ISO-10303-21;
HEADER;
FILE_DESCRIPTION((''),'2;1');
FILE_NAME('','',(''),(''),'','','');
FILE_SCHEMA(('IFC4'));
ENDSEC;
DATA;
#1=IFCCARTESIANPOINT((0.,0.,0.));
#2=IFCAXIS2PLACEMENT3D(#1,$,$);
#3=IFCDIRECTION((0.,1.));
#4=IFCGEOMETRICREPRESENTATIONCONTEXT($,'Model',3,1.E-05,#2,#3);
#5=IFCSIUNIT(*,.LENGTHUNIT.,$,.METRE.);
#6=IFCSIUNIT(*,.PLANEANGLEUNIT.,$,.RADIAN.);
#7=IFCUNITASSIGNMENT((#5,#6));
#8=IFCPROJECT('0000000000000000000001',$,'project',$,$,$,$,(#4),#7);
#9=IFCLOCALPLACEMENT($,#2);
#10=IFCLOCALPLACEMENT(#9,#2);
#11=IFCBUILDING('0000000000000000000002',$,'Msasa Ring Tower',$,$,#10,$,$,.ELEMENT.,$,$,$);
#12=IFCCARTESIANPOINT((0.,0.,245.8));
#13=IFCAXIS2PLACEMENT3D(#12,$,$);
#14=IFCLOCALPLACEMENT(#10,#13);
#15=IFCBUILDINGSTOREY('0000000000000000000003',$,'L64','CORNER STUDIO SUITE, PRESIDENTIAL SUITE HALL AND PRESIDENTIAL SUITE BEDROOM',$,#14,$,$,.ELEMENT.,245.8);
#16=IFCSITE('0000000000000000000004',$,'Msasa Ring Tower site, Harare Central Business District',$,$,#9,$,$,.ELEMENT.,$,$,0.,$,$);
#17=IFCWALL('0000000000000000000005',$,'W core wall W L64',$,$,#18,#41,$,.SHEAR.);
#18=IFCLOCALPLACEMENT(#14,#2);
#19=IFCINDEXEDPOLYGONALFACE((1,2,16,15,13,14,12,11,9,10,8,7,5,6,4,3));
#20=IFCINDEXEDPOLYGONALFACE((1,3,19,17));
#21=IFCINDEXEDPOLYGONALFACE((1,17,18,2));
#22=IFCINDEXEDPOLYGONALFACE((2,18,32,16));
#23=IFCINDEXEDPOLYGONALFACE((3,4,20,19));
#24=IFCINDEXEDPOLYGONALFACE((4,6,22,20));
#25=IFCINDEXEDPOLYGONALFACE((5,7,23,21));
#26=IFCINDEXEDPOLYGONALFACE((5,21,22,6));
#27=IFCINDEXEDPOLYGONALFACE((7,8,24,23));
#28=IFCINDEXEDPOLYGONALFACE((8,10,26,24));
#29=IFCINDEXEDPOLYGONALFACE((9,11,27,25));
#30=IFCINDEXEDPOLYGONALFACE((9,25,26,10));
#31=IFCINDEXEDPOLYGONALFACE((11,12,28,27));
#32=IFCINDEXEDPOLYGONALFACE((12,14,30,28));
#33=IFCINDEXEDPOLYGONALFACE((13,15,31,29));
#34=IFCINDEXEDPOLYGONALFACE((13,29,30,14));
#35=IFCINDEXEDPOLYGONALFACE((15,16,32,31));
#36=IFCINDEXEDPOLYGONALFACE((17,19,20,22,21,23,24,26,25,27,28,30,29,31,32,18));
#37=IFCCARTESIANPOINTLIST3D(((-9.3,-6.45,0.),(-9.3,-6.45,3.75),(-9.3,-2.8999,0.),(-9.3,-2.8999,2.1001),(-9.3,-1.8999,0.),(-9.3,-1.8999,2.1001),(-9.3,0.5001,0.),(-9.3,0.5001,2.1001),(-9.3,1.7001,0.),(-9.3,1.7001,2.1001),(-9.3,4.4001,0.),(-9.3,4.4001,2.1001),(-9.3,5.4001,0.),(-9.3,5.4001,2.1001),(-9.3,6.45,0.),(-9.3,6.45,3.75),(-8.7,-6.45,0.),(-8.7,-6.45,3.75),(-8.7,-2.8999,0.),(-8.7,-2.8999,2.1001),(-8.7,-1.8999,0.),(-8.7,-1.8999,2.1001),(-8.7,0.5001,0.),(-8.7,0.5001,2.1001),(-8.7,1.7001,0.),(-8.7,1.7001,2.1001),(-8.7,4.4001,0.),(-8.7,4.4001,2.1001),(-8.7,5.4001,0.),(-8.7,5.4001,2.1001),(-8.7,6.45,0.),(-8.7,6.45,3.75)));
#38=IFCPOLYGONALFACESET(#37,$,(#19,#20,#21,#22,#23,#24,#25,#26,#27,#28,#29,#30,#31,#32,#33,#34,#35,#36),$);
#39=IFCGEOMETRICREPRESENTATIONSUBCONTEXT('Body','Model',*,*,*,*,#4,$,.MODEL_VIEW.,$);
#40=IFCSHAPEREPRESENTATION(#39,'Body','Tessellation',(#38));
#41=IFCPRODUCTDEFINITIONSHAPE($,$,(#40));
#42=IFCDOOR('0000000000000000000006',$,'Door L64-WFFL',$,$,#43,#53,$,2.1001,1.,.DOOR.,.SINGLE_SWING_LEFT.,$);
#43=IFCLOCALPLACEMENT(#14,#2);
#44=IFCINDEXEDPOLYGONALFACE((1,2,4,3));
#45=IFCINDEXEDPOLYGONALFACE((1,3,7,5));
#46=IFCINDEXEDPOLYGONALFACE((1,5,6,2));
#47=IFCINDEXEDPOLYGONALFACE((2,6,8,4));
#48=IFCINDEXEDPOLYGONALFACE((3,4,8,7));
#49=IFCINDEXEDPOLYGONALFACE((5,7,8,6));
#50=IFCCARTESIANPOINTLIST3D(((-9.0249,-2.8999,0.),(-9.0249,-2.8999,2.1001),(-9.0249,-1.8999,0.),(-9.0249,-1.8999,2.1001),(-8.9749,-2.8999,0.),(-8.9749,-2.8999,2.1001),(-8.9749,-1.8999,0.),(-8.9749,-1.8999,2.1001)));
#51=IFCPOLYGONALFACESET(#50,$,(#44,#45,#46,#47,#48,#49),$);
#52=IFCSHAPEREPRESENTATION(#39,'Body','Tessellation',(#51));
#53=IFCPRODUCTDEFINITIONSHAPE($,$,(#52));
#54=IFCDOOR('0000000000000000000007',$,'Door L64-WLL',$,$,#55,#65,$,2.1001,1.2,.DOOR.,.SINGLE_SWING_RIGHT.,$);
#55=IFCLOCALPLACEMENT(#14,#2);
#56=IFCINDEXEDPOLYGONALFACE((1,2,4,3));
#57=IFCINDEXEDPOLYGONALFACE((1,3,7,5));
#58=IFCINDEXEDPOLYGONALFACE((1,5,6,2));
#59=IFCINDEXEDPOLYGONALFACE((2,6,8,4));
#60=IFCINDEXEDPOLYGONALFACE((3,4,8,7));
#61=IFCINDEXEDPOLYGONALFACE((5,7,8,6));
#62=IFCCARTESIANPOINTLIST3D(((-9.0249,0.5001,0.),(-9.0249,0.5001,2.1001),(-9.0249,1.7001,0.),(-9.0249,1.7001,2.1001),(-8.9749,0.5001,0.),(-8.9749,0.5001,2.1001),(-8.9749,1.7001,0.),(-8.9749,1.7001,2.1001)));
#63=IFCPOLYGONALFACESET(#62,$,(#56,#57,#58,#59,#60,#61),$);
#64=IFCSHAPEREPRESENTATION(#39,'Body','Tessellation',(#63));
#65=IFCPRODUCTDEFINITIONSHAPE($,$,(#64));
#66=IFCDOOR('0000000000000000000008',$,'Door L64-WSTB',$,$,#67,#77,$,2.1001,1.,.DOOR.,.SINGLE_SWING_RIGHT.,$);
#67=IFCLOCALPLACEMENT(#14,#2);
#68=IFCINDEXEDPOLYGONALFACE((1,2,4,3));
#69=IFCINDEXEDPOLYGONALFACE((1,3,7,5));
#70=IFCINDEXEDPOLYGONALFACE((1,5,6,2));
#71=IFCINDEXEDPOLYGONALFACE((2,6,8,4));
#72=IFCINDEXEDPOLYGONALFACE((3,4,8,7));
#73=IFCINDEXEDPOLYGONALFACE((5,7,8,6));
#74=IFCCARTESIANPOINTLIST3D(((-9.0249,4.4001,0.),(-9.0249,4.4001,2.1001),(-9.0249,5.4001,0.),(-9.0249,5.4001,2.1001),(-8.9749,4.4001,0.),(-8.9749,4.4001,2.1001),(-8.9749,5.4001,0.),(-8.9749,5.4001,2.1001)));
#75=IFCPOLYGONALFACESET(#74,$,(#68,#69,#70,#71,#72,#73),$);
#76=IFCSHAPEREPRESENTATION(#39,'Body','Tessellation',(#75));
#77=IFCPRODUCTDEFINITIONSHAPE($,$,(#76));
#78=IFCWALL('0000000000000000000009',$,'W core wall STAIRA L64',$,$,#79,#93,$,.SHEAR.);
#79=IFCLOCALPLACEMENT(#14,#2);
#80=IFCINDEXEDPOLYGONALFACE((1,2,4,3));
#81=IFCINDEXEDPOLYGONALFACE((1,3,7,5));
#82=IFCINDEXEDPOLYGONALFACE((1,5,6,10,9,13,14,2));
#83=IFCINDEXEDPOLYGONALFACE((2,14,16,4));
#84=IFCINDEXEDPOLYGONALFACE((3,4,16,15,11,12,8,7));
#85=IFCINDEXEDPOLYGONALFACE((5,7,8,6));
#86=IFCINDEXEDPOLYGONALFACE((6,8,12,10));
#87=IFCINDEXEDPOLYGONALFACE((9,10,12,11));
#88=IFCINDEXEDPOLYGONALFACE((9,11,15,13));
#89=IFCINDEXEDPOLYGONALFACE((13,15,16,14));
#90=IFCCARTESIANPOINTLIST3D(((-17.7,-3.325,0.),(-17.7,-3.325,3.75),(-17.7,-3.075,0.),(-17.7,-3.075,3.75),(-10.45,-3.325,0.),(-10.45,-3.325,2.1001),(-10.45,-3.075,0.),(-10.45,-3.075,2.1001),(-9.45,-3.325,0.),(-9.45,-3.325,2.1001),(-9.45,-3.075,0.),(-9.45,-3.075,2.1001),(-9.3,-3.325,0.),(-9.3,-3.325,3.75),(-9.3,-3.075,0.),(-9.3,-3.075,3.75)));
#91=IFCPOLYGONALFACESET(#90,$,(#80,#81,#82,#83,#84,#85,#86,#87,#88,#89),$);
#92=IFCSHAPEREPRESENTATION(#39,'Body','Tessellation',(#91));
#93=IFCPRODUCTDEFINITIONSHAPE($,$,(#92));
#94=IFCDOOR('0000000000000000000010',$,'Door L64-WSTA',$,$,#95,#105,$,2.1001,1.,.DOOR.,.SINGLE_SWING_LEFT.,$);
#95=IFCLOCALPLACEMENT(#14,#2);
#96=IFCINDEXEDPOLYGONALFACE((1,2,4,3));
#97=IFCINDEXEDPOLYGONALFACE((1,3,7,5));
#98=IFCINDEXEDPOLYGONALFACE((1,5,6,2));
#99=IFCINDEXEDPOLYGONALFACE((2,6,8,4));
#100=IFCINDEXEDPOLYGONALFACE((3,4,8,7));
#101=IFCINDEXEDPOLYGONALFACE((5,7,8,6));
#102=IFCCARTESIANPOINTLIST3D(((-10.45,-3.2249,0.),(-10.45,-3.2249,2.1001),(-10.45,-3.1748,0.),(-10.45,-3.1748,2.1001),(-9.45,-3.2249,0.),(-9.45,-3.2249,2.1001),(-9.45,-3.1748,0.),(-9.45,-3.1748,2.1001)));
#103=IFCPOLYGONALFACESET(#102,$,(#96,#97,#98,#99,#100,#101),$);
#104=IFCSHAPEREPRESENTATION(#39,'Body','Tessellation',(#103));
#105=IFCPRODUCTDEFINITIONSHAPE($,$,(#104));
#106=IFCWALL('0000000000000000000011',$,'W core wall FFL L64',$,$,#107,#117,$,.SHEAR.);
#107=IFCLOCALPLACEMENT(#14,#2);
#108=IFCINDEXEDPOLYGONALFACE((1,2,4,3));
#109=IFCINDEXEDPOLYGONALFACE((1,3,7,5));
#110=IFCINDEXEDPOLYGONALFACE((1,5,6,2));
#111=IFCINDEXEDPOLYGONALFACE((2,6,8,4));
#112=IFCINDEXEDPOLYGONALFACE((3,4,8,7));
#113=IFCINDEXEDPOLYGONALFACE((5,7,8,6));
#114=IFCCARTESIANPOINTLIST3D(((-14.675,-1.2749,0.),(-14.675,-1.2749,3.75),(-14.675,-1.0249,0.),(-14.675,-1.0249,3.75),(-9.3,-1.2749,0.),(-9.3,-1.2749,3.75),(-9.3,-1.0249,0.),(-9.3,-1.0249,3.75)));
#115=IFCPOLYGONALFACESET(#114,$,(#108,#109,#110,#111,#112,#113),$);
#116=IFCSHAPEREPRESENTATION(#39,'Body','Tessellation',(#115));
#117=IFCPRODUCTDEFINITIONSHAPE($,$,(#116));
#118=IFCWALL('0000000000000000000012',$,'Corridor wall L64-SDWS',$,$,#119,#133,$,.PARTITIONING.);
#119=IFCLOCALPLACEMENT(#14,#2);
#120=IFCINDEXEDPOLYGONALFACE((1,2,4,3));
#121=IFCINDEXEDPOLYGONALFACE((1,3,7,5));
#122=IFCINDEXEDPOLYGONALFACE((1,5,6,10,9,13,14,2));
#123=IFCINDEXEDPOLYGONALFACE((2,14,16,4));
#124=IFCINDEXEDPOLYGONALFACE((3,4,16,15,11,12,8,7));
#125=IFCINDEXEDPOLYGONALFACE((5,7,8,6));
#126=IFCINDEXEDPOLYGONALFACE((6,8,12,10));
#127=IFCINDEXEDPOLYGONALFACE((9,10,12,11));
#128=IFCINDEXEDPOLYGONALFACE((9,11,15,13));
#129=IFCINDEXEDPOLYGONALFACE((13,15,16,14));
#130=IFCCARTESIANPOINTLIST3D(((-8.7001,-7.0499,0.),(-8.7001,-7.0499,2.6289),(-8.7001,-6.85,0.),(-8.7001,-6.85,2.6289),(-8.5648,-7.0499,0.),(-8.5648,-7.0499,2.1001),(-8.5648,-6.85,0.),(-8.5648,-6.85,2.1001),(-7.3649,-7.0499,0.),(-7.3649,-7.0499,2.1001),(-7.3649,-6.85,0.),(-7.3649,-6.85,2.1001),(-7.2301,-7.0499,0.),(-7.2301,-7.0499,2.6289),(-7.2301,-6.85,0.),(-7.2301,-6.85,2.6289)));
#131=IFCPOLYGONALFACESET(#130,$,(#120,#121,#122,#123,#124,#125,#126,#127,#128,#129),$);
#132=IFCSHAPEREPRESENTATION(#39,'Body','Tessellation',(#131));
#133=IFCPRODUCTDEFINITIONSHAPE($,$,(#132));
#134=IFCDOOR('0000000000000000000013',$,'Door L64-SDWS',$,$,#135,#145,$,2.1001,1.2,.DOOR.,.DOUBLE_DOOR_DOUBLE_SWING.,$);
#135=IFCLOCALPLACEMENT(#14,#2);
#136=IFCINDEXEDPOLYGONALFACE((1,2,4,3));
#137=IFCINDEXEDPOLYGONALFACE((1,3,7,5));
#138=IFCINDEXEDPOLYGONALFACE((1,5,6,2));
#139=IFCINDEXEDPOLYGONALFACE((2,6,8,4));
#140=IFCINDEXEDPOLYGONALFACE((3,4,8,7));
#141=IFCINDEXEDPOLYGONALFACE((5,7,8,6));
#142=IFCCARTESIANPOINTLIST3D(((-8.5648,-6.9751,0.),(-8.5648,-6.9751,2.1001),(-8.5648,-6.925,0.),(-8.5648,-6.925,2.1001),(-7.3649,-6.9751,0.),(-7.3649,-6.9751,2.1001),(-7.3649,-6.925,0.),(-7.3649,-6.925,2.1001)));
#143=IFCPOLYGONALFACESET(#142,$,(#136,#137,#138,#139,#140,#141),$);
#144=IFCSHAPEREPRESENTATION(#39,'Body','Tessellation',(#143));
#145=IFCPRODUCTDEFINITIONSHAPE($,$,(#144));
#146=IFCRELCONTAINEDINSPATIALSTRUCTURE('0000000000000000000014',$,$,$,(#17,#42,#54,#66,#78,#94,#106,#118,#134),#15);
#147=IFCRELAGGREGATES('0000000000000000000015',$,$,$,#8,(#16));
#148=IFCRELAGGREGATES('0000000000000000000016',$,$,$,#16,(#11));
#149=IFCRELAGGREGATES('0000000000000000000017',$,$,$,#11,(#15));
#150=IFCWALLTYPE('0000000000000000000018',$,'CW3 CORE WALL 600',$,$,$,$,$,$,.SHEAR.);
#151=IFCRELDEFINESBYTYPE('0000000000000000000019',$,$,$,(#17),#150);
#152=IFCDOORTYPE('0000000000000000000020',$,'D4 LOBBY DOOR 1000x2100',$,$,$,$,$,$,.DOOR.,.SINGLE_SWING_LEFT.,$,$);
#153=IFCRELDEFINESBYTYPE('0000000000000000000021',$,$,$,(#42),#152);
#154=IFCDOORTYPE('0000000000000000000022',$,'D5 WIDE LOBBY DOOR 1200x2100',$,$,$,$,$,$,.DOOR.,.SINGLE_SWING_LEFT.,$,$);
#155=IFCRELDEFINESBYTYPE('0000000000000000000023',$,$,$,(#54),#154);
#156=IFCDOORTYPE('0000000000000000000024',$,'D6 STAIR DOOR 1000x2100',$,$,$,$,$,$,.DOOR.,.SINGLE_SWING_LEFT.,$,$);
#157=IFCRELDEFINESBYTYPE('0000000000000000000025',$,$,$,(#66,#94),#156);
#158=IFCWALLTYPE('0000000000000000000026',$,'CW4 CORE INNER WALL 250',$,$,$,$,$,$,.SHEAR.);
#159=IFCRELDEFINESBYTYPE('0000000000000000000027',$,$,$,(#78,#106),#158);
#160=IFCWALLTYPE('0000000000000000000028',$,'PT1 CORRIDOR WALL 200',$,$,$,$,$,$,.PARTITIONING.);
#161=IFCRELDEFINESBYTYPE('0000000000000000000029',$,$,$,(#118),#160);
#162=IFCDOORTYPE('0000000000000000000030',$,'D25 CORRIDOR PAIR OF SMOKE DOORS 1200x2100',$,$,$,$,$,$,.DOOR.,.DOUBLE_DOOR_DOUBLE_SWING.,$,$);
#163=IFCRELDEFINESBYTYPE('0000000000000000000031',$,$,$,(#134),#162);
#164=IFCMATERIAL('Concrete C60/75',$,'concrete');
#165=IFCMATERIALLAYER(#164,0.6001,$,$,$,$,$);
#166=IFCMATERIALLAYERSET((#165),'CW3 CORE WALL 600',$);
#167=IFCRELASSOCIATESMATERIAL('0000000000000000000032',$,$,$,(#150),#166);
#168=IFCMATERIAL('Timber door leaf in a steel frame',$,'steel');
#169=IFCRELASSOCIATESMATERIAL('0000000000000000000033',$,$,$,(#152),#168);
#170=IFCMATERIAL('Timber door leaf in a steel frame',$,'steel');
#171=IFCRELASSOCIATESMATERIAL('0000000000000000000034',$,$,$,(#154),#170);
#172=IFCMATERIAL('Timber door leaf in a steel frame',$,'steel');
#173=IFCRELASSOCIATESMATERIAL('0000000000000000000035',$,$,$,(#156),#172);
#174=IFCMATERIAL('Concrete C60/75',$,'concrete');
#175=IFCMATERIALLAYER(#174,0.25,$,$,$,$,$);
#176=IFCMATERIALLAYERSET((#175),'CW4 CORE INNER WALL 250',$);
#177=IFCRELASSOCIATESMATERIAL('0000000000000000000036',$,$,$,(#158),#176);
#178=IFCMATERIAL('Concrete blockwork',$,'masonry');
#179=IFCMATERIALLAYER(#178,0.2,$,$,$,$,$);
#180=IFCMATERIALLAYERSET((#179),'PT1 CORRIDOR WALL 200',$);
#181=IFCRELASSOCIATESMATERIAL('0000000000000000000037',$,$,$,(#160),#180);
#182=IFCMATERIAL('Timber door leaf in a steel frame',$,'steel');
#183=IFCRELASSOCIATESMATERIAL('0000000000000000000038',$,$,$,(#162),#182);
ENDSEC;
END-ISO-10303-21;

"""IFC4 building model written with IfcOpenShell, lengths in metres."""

from ifc_helpers import new_model, si_unit, direction, frame, frame_2d, origin, place, context, subcontext, project, spatial, rectangle, extrude, material, layer, layer_set, type_object, element, fill, save


model = new_model("IFC4")

# Units and contexts
model_context = context("Model", 3, precision=1e-05, world=origin(), true_north=direction((0.0, 1.0)))
body_context = subcontext(model_context, "Body", "Model", "MODEL_VIEW")
ifc_project = project(units=[si_unit("LENGTHUNIT", "METRE"), si_unit("PLANEANGLEUNIT", "RADIAN")], contexts=[model_context])

# Site, building, storey
site_placement = place(None, origin())
site = spatial("IfcSite", under=ifc_project, at=site_placement, Name="Msasa Ring Tower site, Harare Central Business District", CompositionType="ELEMENT", RefElevation=0.0)
building_placement = place(site_placement, origin())
building = spatial("IfcBuilding", under=site, at=building_placement, Name="Msasa Ring Tower", CompositionType="ELEMENT")
storey_placement = place(building_placement, frame((0.0, 0.0, 245.8)))
storey = spatial("IfcBuildingStorey", under=building, at=storey_placement, Name="L64", Description="CORNER STUDIO SUITE, PRESIDENTIAL SUITE HALL AND PRESIDENTIAL SUITE BEDROOM", CompositionType="ELEMENT", Elevation=245.8)

# Shared definitions
ifc_material_1 = material(Name="Concrete C60/75", Category="concrete")
ifc_layer_1 = layer(ifc_material_1, 0.6001)
ifc_layer_set_1 = layer_set([ifc_layer_1], Name="CW3 CORE WALL 600")
wall_type_1 = type_object("IfcWallType", Name="CW3 CORE WALL 600", PredefinedType="SHEAR", material=ifc_layer_set_1)

# Wall, openings, doors
wall_1_placement = place(storey_placement, frame((-9.0, -6.45, 0.0), z_axis=(0.0, 0.0, 1.0), x_axis=(0.0, 1.0, 0.0)))
wall_1 = element("IfcWall", 1, at=wall_1_placement, inside=storey, type_object=wall_type_1, Name="W core wall W L64", PredefinedType="SHEAR", context=body_context, shape_type="SweptSolid", body=[
    extrude(rectangle(XDim=12.8999, YDim=0.6001, at=frame_2d((6.45, 0.0))), origin(), (0.0, 0.0, 1.0), 3.75),
])
opening_1_placement = place(wall_1_placement, frame((3.55, 0.0, 0.0)))
opening_1 = element("IfcOpeningElement", 2, at=opening_1_placement, cuts=wall_1, PredefinedType="OPENING", context=body_context, shape_type="SweptSolid", body=[
    extrude(rectangle(XDim=1.0, YDim=2.1001, at=frame_2d((0.5, 1.05))), frame((0.0, 0.3101, 0.0), z_axis=(0.0, -1.0, 0.0), x_axis=(1.0, 0.0, 0.0)), (0.0, 0.0, 1.0), 0.6201),
])
opening_2_placement = place(wall_1_placement, frame((6.95, 0.0, 0.0)))
opening_2 = element("IfcOpeningElement", 3, at=opening_2_placement, cuts=wall_1, PredefinedType="OPENING", context=body_context, shape_type="SweptSolid", body=[
    extrude(rectangle(XDim=1.2, YDim=2.1001, at=frame_2d((0.6001, 1.05))), frame((0.0, 0.3101, 0.0), z_axis=(0.0, -1.0, 0.0), x_axis=(1.0, 0.0, 0.0)), (0.0, 0.0, 1.0), 0.6201),
])
opening_3_placement = place(wall_1_placement, frame((10.8501, 0.0, 0.0)))
opening_3 = element("IfcOpeningElement", 4, at=opening_3_placement, cuts=wall_1, PredefinedType="OPENING", context=body_context, shape_type="SweptSolid", body=[
    extrude(rectangle(XDim=1.0, YDim=2.1001, at=frame_2d((0.5, 1.05))), frame((0.0, 0.3101, 0.0), z_axis=(0.0, -1.0, 0.0), x_axis=(1.0, 0.0, 0.0)), (0.0, 0.0, 1.0), 0.6201),
])
ifc_material_2 = material(Name="Timber door leaf in a steel frame", Category="steel")
door_type_1 = type_object("IfcDoorType", Name="D4 LOBBY DOOR 1000x2100", OperationType="SINGLE_SWING_LEFT", PredefinedType="DOOR", material=ifc_material_2)
door_1_placement = place(opening_1_placement, origin())
door_1 = element("IfcDoor", 5, at=door_1_placement, inside=storey, type_object=door_type_1, Name="Door L64-WFFL", OperationType="SINGLE_SWING_LEFT", OverallHeight=2.1001, OverallWidth=1.0, PredefinedType="DOOR", context=body_context, shape_type="SweptSolid", body=[
    extrude(rectangle(XDim=1.0, YDim=2.1001, at=frame_2d((0.5, 1.05))), frame((0.0, 0.0249, 0.0), z_axis=(0.0, -1.0, 0.0), x_axis=(1.0, 0.0, 0.0)), (0.0, 0.0, 1.0), 0.05),
])
fill(opening_1, door_1)
ifc_material_3 = material(Name="Timber door leaf in a steel frame", Category="steel")
door_type_2 = type_object("IfcDoorType", Name="D5 WIDE LOBBY DOOR 1200x2100", OperationType="SINGLE_SWING_LEFT", PredefinedType="DOOR", material=ifc_material_3)
door_2_placement = place(opening_2_placement, origin())
door_2 = element("IfcDoor", 6, at=door_2_placement, inside=storey, type_object=door_type_2, Name="Door L64-WLL", OperationType="SINGLE_SWING_RIGHT", OverallHeight=2.1001, OverallWidth=1.2, PredefinedType="DOOR", context=body_context, shape_type="SweptSolid", body=[
    extrude(rectangle(XDim=1.2, YDim=2.1001, at=frame_2d((0.6001, 1.05))), frame((0.0, 0.0249, 0.0), z_axis=(0.0, -1.0, 0.0), x_axis=(1.0, 0.0, 0.0)), (0.0, 0.0, 1.0), 0.05),
])
fill(opening_2, door_2)
ifc_material_4 = material(Name="Timber door leaf in a steel frame", Category="steel")
door_type_3 = type_object("IfcDoorType", Name="D6 STAIR DOOR 1000x2100", OperationType="SINGLE_SWING_LEFT", PredefinedType="DOOR", material=ifc_material_4)
door_3_placement = place(opening_3_placement, origin())
door_3 = element("IfcDoor", 7, at=door_3_placement, inside=storey, type_object=door_type_3, Name="Door L64-WSTB", OperationType="SINGLE_SWING_RIGHT", OverallHeight=2.1001, OverallWidth=1.0, PredefinedType="DOOR", context=body_context, shape_type="SweptSolid", body=[
    extrude(rectangle(XDim=1.0, YDim=2.1001, at=frame_2d((0.5, 1.05))), frame((0.0, 0.0249, 0.0), z_axis=(0.0, -1.0, 0.0), x_axis=(1.0, 0.0, 0.0)), (0.0, 0.0, 1.0), 0.05),
])
fill(opening_3, door_3)

# Wall, opening, door
ifc_material_5 = material(Name="Concrete C60/75", Category="concrete")
ifc_layer_2 = layer(ifc_material_5, 0.25)
ifc_layer_set_2 = layer_set([ifc_layer_2], Name="CW4 CORE INNER WALL 250")
wall_type_2 = type_object("IfcWallType", Name="CW4 CORE INNER WALL 250", PredefinedType="SHEAR", material=ifc_layer_set_2)
wall_2_placement = place(storey_placement, frame((-9.3, -3.2, 0.0), z_axis=(0.0, 0.0, 1.0), x_axis=(-1.0, 0.0, 0.0)))
wall_2 = element("IfcWall", 8, at=wall_2_placement, inside=storey, type_object=wall_type_2, Name="W core wall STAIRA L64", PredefinedType="SHEAR", context=body_context, shape_type="SweptSolid", body=[
    extrude(rectangle(XDim=8.3999, YDim=0.25, at=frame_2d((4.2, 0.0))), origin(), (0.0, 0.0, 1.0), 3.75),
])
opening_4_placement = place(wall_2_placement, frame((0.1499, 0.0, 0.0)))
opening_4 = element("IfcOpeningElement", 9, at=opening_4_placement, cuts=wall_2, PredefinedType="OPENING", context=body_context, shape_type="SweptSolid", body=[
    extrude(rectangle(XDim=1.0, YDim=2.1001, at=frame_2d((0.5, 1.05))), frame((0.0, 0.135, 0.0), z_axis=(0.0, -1.0, 0.0), x_axis=(1.0, 0.0, 0.0)), (0.0, 0.0, 1.0), 0.27),
])
door_4_placement = place(opening_4_placement, origin())
door_4 = element("IfcDoor", 10, at=door_4_placement, inside=storey, type_object=door_type_3, Name="Door L64-WSTA", OperationType="SINGLE_SWING_LEFT", OverallHeight=2.1001, OverallWidth=1.0, PredefinedType="DOOR", context=body_context, shape_type="SweptSolid", body=[
    extrude(rectangle(XDim=1.0, YDim=2.1001, at=frame_2d((0.5, 1.05))), frame((0.0, 0.0249, 0.0), z_axis=(0.0, -1.0, 0.0), x_axis=(1.0, 0.0, 0.0)), (0.0, 0.0, 1.0), 0.05),
])
fill(opening_4, door_4)

# Wall
wall_3_placement = place(storey_placement, frame((-9.3, -1.1499, 0.0), z_axis=(0.0, 0.0, 1.0), x_axis=(-1.0, 0.0, 0.0)))
element("IfcWall", 11, at=wall_3_placement, inside=storey, type_object=wall_type_2, Name="W core wall FFL L64", PredefinedType="SHEAR", context=body_context, shape_type="SweptSolid", body=[
    extrude(rectangle(XDim=5.375, YDim=0.25, at=frame_2d((2.6875, 0.0))), origin(), (0.0, 0.0, 1.0), 3.75),
])

# Wall, opening, door
ifc_material_6 = material(Name="Concrete blockwork", Category="masonry")
ifc_layer_3 = layer(ifc_material_6, 0.2)
ifc_layer_set_3 = layer_set([ifc_layer_3], Name="PT1 CORRIDOR WALL 200")
wall_type_3 = type_object("IfcWallType", Name="PT1 CORRIDOR WALL 200", PredefinedType="PARTITIONING", material=ifc_layer_set_3)
wall_4_placement = place(storey_placement, frame((-8.7, -6.95, 0.0), z_axis=(0.0, 0.0, 1.0), x_axis=(1.0, 0.0, 0.0)))
wall_4 = element("IfcWall", 12, at=wall_4_placement, inside=storey, type_object=wall_type_3, Name="Corridor wall L64-SDWS", PredefinedType="PARTITIONING", context=body_context, shape_type="SweptSolid", body=[
    extrude(rectangle(XDim=1.47, YDim=0.2, at=frame_2d((0.7349, 0.0))), origin(), (0.0, 0.0, 1.0), 2.6289),
])
opening_5_placement = place(wall_4_placement, frame((0.135, 0.0, 0.0)))
opening_5 = element("IfcOpeningElement", 13, at=opening_5_placement, cuts=wall_4, PredefinedType="OPENING", context=body_context, shape_type="SweptSolid", body=[
    extrude(rectangle(XDim=1.2, YDim=2.1001, at=frame_2d((0.6001, 1.05))), frame((0.0, 0.1099, 0.0), z_axis=(0.0, -1.0, 0.0), x_axis=(1.0, 0.0, 0.0)), (0.0, 0.0, 1.0), 0.22),
])
ifc_material_7 = material(Name="Timber door leaf in a steel frame", Category="steel")
door_type_4 = type_object("IfcDoorType", Name="D25 CORRIDOR PAIR OF SMOKE DOORS 1200x2100", OperationType="DOUBLE_DOOR_DOUBLE_SWING", PredefinedType="DOOR", material=ifc_material_7)
door_5_placement = place(opening_5_placement, origin())
door_5 = element("IfcDoor", 14, at=door_5_placement, inside=storey, type_object=door_type_4, Name="Door L64-SDWS", OperationType="DOUBLE_DOOR_DOUBLE_SWING", OverallHeight=2.1001, OverallWidth=1.2, PredefinedType="DOOR", context=body_context, shape_type="SweptSolid", body=[
    extrude(rectangle(XDim=1.2, YDim=2.1001, at=frame_2d((0.6001, 1.05))), frame((0.0, 0.0249, 0.0), z_axis=(0.0, -1.0, 0.0), x_axis=(1.0, 0.0, 0.0)), (0.0, 0.0, 1.0), 0.05),
])
fill(opening_5, door_5)

save(model, "model.ifc")
